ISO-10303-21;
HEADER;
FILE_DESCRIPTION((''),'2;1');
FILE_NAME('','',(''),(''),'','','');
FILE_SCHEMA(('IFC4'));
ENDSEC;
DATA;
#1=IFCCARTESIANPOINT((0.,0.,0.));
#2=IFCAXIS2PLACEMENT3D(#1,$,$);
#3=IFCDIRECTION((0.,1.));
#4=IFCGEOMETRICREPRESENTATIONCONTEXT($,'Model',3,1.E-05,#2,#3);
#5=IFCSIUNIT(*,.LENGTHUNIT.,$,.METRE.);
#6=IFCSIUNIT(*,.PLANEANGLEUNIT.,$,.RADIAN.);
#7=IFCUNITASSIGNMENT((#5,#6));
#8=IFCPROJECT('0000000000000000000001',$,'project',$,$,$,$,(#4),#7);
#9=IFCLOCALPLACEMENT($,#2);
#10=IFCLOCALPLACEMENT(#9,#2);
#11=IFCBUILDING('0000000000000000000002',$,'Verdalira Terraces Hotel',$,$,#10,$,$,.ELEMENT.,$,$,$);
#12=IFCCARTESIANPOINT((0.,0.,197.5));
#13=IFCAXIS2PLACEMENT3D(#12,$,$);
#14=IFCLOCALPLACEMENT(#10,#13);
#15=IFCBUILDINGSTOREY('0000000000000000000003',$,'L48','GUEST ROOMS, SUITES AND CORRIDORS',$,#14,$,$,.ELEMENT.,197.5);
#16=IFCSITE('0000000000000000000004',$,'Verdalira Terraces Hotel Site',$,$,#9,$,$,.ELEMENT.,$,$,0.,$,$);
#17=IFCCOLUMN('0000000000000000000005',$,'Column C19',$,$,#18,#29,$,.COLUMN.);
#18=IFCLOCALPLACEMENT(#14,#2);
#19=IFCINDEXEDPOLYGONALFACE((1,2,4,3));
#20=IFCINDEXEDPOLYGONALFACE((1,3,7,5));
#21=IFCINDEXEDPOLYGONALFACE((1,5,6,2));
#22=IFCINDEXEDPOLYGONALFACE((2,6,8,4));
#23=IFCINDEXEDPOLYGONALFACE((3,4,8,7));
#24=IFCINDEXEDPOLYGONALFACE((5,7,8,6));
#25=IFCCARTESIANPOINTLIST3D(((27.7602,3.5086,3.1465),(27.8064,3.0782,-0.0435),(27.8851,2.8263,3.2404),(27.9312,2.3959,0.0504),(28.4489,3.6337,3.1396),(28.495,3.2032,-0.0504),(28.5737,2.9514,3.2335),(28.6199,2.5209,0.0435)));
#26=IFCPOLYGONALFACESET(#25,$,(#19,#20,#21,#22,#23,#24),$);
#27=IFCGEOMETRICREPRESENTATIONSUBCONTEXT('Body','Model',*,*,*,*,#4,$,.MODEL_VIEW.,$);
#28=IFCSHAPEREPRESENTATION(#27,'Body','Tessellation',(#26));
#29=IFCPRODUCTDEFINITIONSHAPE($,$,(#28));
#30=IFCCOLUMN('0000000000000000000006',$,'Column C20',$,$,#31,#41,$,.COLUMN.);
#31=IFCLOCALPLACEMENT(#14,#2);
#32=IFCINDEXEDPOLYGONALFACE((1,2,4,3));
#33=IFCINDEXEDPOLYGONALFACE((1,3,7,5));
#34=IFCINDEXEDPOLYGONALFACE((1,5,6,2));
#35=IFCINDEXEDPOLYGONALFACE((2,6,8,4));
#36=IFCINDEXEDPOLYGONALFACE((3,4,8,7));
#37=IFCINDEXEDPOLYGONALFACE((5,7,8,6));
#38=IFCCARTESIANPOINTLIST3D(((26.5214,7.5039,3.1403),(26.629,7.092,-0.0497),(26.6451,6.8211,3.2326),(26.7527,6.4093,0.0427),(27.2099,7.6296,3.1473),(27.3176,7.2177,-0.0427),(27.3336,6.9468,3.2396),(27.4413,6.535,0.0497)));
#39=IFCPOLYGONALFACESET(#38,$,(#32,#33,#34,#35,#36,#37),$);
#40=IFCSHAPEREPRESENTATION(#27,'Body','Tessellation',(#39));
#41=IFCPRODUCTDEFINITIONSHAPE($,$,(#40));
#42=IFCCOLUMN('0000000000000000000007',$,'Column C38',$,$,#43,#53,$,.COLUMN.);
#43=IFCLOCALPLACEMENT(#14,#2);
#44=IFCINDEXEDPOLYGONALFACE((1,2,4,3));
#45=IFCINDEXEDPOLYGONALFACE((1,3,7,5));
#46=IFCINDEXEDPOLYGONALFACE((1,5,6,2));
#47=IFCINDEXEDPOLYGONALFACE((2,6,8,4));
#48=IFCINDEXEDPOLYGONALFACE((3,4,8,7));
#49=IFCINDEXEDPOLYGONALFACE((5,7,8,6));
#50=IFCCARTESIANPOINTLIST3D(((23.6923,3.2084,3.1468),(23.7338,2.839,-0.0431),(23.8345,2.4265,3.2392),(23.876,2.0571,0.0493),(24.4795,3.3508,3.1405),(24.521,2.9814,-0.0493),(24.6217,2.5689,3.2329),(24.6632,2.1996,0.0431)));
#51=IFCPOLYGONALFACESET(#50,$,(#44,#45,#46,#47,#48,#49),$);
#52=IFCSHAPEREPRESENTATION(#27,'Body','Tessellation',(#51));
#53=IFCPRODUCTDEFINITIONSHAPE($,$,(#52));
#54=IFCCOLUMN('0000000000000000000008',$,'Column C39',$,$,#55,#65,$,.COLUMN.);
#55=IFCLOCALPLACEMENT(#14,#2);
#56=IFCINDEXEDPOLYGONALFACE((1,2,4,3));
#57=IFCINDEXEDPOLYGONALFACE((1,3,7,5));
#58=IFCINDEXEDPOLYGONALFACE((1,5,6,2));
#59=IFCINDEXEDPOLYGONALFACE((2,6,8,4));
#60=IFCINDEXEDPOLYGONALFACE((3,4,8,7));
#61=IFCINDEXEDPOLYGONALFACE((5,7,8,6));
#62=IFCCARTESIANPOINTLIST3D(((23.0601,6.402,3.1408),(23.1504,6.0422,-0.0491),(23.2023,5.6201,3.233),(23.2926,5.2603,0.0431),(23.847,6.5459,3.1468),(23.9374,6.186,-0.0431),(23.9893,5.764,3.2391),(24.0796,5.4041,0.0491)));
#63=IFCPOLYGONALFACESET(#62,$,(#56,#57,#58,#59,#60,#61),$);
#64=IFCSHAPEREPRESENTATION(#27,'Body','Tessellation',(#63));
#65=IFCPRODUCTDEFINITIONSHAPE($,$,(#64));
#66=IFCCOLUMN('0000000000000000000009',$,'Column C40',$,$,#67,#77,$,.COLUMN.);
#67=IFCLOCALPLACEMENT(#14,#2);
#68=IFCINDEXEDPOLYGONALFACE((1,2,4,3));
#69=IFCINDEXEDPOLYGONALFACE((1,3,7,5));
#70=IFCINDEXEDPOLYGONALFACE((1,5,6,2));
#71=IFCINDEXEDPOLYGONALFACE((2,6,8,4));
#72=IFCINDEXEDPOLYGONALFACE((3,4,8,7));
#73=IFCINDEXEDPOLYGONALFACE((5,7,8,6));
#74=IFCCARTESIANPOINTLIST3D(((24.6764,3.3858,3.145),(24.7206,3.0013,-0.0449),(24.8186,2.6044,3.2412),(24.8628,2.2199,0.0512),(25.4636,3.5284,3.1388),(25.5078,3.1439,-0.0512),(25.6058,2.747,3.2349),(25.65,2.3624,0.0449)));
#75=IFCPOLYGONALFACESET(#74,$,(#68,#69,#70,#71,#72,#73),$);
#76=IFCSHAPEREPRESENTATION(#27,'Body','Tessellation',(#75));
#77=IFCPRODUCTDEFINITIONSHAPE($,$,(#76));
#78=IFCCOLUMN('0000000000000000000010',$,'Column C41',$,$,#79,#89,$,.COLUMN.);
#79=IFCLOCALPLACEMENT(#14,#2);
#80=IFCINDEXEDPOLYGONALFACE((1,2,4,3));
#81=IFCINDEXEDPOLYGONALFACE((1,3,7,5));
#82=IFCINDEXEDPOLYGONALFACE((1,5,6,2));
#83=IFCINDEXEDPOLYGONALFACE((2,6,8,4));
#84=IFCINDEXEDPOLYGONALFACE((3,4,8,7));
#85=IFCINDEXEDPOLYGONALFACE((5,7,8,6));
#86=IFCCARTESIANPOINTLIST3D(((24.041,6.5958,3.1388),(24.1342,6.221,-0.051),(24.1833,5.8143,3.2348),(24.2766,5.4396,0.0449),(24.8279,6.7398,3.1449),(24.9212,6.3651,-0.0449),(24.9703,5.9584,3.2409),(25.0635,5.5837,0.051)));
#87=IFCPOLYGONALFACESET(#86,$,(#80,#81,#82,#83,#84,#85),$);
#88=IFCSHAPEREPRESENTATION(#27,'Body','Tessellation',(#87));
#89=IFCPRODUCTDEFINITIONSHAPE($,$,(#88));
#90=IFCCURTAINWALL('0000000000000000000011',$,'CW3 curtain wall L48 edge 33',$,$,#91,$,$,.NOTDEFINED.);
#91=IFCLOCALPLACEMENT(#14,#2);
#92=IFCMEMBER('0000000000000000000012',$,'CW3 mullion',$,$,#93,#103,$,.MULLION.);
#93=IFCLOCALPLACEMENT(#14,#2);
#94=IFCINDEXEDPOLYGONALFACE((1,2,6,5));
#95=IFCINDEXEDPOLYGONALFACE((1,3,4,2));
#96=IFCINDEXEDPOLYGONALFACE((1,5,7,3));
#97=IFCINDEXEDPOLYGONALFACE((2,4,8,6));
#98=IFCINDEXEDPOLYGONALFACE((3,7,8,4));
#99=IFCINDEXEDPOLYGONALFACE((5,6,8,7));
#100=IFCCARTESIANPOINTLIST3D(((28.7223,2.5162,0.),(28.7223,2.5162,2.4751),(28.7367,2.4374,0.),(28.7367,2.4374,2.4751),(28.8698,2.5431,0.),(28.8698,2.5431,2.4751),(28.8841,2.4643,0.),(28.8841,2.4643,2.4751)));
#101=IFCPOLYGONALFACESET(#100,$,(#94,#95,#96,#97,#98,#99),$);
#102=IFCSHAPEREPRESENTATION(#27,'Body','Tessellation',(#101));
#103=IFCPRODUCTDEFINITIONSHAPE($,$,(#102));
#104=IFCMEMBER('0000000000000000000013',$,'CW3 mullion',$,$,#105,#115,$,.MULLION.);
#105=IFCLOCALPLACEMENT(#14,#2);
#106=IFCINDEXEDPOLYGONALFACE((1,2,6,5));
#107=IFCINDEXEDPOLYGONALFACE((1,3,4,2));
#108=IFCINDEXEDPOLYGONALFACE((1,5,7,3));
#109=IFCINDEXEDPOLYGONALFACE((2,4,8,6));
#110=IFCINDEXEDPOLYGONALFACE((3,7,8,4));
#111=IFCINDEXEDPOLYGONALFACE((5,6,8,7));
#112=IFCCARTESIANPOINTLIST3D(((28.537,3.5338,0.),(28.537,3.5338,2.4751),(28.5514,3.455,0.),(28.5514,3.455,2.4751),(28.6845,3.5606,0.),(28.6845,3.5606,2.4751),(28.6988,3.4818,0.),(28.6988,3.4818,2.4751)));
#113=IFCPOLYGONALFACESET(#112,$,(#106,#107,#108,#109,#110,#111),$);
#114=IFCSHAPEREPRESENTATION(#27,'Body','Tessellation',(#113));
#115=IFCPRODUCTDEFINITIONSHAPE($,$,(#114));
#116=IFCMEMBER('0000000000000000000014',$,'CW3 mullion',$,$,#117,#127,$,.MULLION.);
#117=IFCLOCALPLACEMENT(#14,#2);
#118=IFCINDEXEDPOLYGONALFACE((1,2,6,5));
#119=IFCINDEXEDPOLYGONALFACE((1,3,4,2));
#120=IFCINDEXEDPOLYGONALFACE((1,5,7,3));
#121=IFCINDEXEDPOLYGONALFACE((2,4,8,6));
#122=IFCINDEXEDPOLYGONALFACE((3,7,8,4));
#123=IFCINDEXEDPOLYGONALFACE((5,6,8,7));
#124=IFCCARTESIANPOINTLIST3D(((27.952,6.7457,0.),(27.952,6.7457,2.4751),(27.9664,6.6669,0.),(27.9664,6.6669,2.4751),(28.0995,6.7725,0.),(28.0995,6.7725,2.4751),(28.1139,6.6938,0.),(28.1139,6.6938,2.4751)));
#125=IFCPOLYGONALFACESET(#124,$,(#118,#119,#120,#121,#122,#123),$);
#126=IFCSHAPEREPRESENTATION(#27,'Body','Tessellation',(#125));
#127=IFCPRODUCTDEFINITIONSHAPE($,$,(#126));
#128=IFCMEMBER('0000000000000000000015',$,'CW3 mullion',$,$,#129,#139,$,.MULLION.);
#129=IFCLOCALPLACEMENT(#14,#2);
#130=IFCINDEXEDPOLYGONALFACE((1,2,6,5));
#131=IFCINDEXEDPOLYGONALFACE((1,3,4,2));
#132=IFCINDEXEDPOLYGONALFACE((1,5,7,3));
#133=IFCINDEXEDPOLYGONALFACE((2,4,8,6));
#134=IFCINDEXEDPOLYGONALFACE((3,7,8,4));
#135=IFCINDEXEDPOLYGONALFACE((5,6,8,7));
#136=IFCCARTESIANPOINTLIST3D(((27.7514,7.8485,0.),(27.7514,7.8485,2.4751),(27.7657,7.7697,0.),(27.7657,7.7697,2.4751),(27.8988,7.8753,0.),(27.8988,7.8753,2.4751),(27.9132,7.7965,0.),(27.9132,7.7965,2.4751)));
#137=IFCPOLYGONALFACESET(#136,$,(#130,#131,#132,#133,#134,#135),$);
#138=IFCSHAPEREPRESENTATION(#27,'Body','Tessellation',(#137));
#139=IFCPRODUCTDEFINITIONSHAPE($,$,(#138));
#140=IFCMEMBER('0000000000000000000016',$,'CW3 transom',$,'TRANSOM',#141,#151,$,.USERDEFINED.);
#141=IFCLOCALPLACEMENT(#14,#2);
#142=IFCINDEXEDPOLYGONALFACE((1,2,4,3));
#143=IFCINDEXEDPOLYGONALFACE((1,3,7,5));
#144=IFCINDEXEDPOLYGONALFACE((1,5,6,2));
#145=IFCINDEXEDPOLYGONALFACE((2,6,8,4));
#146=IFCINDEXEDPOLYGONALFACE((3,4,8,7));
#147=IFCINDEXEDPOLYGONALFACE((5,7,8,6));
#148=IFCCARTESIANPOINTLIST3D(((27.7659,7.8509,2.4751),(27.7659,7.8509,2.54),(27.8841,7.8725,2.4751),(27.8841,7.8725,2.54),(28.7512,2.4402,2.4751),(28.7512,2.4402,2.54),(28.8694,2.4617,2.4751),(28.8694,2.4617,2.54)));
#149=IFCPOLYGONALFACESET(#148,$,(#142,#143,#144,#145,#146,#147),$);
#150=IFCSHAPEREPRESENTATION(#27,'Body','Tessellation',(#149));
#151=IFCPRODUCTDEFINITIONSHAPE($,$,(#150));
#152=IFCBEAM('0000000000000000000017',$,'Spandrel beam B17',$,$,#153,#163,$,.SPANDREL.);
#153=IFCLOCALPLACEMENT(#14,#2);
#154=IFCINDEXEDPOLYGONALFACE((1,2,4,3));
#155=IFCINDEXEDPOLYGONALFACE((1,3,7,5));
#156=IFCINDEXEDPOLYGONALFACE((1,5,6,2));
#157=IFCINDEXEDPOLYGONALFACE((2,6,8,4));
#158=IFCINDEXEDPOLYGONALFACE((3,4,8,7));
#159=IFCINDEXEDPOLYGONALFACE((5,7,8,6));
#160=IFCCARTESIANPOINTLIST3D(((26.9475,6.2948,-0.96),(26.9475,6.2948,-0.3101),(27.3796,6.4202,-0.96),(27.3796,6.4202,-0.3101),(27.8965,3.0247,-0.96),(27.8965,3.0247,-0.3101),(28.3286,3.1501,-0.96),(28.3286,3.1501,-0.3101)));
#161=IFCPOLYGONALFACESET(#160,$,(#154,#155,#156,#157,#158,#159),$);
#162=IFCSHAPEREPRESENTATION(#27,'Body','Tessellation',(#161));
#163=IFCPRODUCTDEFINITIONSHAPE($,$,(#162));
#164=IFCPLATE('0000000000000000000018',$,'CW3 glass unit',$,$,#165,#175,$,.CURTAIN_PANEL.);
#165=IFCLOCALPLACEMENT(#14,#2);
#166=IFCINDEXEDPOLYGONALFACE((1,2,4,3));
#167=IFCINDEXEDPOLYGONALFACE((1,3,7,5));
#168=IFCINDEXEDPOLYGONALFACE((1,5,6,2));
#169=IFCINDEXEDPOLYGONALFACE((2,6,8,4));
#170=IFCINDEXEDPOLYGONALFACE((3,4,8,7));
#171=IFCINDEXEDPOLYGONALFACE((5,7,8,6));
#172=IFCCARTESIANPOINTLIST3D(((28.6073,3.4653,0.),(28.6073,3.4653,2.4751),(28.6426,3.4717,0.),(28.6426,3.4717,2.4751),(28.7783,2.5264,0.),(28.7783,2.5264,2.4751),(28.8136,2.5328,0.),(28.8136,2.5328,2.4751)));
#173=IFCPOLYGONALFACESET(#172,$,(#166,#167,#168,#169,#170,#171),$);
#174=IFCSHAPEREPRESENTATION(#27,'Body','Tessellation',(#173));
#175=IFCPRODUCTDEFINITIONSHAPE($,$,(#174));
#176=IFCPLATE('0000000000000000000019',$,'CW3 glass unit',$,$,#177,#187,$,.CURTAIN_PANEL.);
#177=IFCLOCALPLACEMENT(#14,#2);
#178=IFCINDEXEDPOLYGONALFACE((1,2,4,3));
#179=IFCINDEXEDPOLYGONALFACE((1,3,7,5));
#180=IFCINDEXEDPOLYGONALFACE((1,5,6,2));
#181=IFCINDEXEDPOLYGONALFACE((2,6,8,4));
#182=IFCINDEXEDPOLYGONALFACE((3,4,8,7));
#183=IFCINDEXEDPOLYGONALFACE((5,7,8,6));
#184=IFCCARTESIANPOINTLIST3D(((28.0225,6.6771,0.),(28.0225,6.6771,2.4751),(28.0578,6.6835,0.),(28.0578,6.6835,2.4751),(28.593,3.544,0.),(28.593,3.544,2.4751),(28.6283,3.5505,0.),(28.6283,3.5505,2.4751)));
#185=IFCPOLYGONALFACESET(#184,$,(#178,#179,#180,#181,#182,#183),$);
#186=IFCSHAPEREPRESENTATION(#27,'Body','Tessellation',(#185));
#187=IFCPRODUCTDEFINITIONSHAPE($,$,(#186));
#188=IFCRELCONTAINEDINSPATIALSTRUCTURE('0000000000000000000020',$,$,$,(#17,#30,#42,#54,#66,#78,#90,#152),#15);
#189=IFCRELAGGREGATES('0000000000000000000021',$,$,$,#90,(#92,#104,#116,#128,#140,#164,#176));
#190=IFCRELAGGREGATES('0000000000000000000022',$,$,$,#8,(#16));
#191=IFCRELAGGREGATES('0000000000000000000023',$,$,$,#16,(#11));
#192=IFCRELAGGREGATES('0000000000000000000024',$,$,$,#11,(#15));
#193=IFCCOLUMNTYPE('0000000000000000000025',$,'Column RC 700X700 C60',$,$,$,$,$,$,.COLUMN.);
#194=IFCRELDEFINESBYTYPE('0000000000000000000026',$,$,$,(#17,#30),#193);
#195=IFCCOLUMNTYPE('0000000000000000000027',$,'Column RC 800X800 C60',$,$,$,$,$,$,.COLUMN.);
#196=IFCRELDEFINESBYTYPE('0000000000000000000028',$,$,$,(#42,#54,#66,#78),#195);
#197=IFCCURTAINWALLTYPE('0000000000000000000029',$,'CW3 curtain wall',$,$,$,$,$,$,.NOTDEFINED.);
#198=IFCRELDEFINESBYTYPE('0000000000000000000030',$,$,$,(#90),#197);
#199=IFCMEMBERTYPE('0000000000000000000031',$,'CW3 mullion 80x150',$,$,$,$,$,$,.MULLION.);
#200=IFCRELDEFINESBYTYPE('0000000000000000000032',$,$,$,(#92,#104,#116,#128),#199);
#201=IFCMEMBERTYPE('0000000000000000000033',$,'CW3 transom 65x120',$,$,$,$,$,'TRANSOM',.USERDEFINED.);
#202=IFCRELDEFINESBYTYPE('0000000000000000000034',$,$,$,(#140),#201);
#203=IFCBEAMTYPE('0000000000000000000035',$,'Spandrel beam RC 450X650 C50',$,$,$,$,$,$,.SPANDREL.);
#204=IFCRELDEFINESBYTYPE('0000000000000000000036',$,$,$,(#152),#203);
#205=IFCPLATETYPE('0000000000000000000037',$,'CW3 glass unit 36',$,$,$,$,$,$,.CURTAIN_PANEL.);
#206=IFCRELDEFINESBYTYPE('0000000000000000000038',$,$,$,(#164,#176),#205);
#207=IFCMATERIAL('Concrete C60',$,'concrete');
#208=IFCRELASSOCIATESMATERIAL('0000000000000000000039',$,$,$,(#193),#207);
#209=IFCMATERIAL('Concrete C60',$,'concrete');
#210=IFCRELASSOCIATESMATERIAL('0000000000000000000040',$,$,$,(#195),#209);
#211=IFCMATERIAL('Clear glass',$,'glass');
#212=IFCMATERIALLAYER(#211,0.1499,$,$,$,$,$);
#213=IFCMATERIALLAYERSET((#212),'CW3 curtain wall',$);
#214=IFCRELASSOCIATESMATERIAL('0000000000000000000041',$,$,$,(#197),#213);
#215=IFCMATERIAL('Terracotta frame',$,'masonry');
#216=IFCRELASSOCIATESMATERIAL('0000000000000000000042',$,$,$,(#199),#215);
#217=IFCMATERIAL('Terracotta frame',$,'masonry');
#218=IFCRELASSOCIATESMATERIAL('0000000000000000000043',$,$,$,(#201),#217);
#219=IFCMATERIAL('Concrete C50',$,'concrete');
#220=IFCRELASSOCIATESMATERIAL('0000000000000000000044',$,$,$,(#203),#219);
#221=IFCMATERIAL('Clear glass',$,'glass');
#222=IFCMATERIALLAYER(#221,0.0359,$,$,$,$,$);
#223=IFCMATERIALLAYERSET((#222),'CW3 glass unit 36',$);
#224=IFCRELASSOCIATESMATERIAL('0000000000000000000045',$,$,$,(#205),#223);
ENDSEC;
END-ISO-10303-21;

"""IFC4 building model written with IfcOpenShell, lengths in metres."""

from ifc_helpers import new_model, si_unit, direction, frame, origin, origin_2d, place, context, subcontext, project, spatial, rectangle, extrude, material, layer, layer_set, material_profile, profile_set, type_object, element, aggregate, save


model = new_model("IFC4")

# Units and contexts
model_context = context("Model", 3, precision=1e-05, world=origin(), true_north=direction((0.0, 1.0)))
body_context = subcontext(model_context, "Body", "Model", "MODEL_VIEW")
ifc_project = project(units=[si_unit("LENGTHUNIT", "METRE"), si_unit("PLANEANGLEUNIT", "RADIAN")], contexts=[model_context])

# Site, building, storey
site_placement = place(None, origin())
site = spatial("IfcSite", under=ifc_project, at=site_placement, Name="Verdalira Terraces Hotel Site", CompositionType="ELEMENT", RefElevation=0.0)
building_placement = place(site_placement, origin())
building = spatial("IfcBuilding", under=site, at=building_placement, Name="Verdalira Terraces Hotel", CompositionType="ELEMENT")
storey_placement = place(building_placement, frame((0.0, 0.0, 197.5)))
storey = spatial("IfcBuildingStorey", under=building, at=storey_placement, Name="L48", Description="GUEST ROOMS, SUITES AND CORRIDORS", CompositionType="ELEMENT", Elevation=197.5)

# Columns
ifc_material_1 = material(Name="Concrete C60", Category="concrete")
ifc_material_profile_1 = material_profile(ifc_material_1, rectangle(XDim=0.7, YDim=0.7, at=origin_2d()), Name="RC 700X700")
ifc_profile_set_1 = profile_set([ifc_material_profile_1], Name="Concrete C60")
column_type_1 = type_object("IfcColumnType", Name="Column RC 700X700 C60", PredefinedType="COLUMN", material=ifc_profile_set_1)
column_1_placement = place(storey_placement, frame((28.2131, 2.7996, 0.0), z_axis=(-0.014334, 0.133705, 0.990918), x_axis=(-0.178356, 0.974784, -0.134108)))
element("IfcColumn", 1, at=column_1_placement, inside=storey, type_object=column_type_1, Name="Column C19", PredefinedType="COLUMN", context=body_context, shape_type="SweptSolid", body=[
    extrude(rectangle(XDim=0.7, YDim=0.7, at=origin_2d()), origin(), (0.0, 0.0, 1.0), 3.2192),
])
column_2_placement = place(storey_placement, frame((27.0352, 6.8135, 0.0), z_axis=(-0.033455, 0.127979, 0.991212), x_axis=(-0.1767, 0.975387, -0.1319)))
element("IfcColumn", 2, at=column_2_placement, inside=storey, type_object=column_type_1, Name="Column C20", PredefinedType="COLUMN", context=body_context, shape_type="SweptSolid", body=[
    extrude(rectangle(XDim=0.7, YDim=0.7, at=origin_2d()), origin(), (0.0, 0.0, 1.0), 3.2183),
])
ifc_material_2 = material(Name="Concrete C60", Category="concrete")
ifc_material_profile_2 = material_profile(ifc_material_2, rectangle(XDim=0.8, YDim=0.8, at=origin_2d()), Name="RC 800X800")
ifc_profile_set_2 = profile_set([ifc_material_profile_2], Name="Concrete C60")
column_type_2 = type_object("IfcColumnType", Name="Column RC 800X800 C60", PredefinedType="COLUMN", material=ifc_profile_set_2)
for number, where, z_axis, x_axis, name in (
    (3, (24.1985, 2.5193, 0.0), (-0.012923, 0.115018, 0.993279), (0.983995, 0.178024, -0.007812), "Column C38"),
    (4, (23.615, 5.7231, 0.0), (-0.028128, 0.112056, 0.993304), (0.983674, 0.179802, 0.007572), "Column C39"),
):
    element("IfcColumn", number, at=place(storey_placement, frame(where, z_axis=z_axis, x_axis=x_axis)), inside=storey, type_object=column_type_2, Name=name, PredefinedType="COLUMN", context=body_context, shape_type="SweptSolid", body=[
        extrude(rectangle(XDim=0.8, YDim=0.8, at=origin_2d()), origin(), (0.0, 0.0, 1.0), 3.2114),
    ])
column_3_placement = place(storey_placement, frame((25.1853, 2.6819, 0.0), z_axis=(-0.013752, 0.119664, 0.992719), x_axis=(0.983971, 0.178156, -0.007845)))
element("IfcColumn", 5, at=column_3_placement, inside=storey, type_object=column_type_2, Name="Column C40", PredefinedType="COLUMN", context=body_context, shape_type="SweptSolid", body=[
    extrude(rectangle(XDim=0.8, YDim=0.8, at=origin_2d()), origin(), (0.0, 0.0, 1.0), 3.2134),
])
column_4_placement = place(storey_placement, frame((24.5989, 5.9023, 0.0), z_axis=(-0.029024, 0.116629, 0.992751), x_axis=(0.983622, 0.180082, 0.007601)))
element("IfcColumn", 6, at=column_4_placement, inside=storey, type_object=column_type_2, Name="Column C41", PredefinedType="COLUMN", context=body_context, shape_type="SweptSolid", body=[
    extrude(rectangle(XDim=0.8, YDim=0.8, at=origin_2d()), origin(), (0.0, 0.0, 1.0), 3.2131),
])

# Curtain wall, members
ifc_material_3 = material(Name="Clear glass", Category="glass")
ifc_layer_1 = layer(ifc_material_3, 0.1499)
ifc_layer_set_1 = layer_set([ifc_layer_1], Name="CW3 curtain wall")
curtain_wall_type = type_object("IfcCurtainWallType", Name="CW3 curtain wall", PredefinedType="NOTDEFINED", material=ifc_layer_set_1)
curtain_wall_placement = place(storey_placement, origin())
curtain_wall = element("IfcCurtainWall", 7, at=curtain_wall_placement, inside=storey, type_object=curtain_wall_type, Name="CW3 curtain wall L48 edge 33", PredefinedType="NOTDEFINED")
ifc_material_4 = material(Name="Terracotta frame", Category="masonry")
ifc_material_profile_3 = material_profile(ifc_material_4, rectangle(XDim=0.0801, YDim=0.1499, at=origin_2d()), Name="MU 80x150")
ifc_profile_set_3 = profile_set([ifc_material_profile_3], Name="Terracotta frame")
member_type_1 = type_object("IfcMemberType", Name="CW3 mullion 80x150", PredefinedType="MULLION", material=ifc_profile_set_3)
member_1_placement = place(storey_placement, frame((28.8032, 2.4902, 0.0), z_axis=(0.0, 0.0, 1.0), x_axis=(-0.179146, 0.983823, 0.0)))
member_1 = element("IfcMember", 8, at=member_1_placement, type_object=member_type_1, Name="CW3 mullion", PredefinedType="MULLION", context=body_context, shape_type="SweptSolid", body=[
    extrude(rectangle(XDim=0.0801, YDim=0.1499, at=origin_2d()), origin(), (0.0, 0.0, 1.0), 2.4751),
])
member_2_placement = place(storey_placement, frame((28.6179, 3.5078, 0.0), z_axis=(0.0, 0.0, 1.0), x_axis=(-0.179146, 0.983823, 0.0)))
member_2 = element("IfcMember", 9, at=member_2_placement, type_object=member_type_1, Name="CW3 mullion", PredefinedType="MULLION", context=body_context, shape_type="SweptSolid", body=[
    extrude(rectangle(XDim=0.0801, YDim=0.1499, at=origin_2d()), origin(), (0.0, 0.0, 1.0), 2.4751),
])
member_3_placement = place(storey_placement, frame((28.033, 6.7197, 0.0), z_axis=(0.0, 0.0, 1.0), x_axis=(-0.179146, 0.983823, 0.0)))
member_3 = element("IfcMember", 10, at=member_3_placement, type_object=member_type_1, Name="CW3 mullion", PredefinedType="MULLION", context=body_context, shape_type="SweptSolid", body=[
    extrude(rectangle(XDim=0.0801, YDim=0.1499, at=origin_2d()), origin(), (0.0, 0.0, 1.0), 2.4751),
])
member_4_placement = place(storey_placement, frame((27.8323, 7.8225, 0.0), z_axis=(0.0, 0.0, 1.0), x_axis=(-0.179146, 0.983823, 0.0)))
member_4 = element("IfcMember", 11, at=member_4_placement, type_object=member_type_1, Name="CW3 mullion", PredefinedType="MULLION", context=body_context, shape_type="SweptSolid", body=[
    extrude(rectangle(XDim=0.0801, YDim=0.1499, at=origin_2d()), origin(), (0.0, 0.0, 1.0), 2.4751),
])
ifc_material_5 = material(Name="Terracotta frame", Category="masonry")
ifc_material_profile_4 = material_profile(ifc_material_5, rectangle(XDim=0.1201, YDim=0.0649, at=origin_2d()), Name="TR 65x120")
ifc_profile_set_4 = profile_set([ifc_material_profile_4], Name="Terracotta frame")
member_type_2 = type_object("IfcMemberType", Name="CW3 transom 65x120", ElementType="TRANSOM", PredefinedType="USERDEFINED", material=ifc_profile_set_4)
member_5_placement = place(storey_placement, frame((28.8103, 2.4509, 2.5076), z_axis=(-0.179159, 0.98382, 0.0), x_axis=(-0.98382, -0.179159, 0.0)))
member_5 = element("IfcMember", 12, at=member_5_placement, type_object=member_type_2, Name="CW3 transom", ObjectType="TRANSOM", PredefinedType="USERDEFINED", context=body_context, shape_type="SweptSolid", body=[
    extrude(rectangle(XDim=0.1201, YDim=0.0649, at=origin_2d()), origin(), (0.0, 0.0, 1.0), 5.4998),
])

# Beam
ifc_material_6 = material(Name="Concrete C50", Category="concrete")
ifc_material_profile_5 = material_profile(ifc_material_6, rectangle(XDim=0.45, YDim=0.6499, at=origin_2d()), Name="RC 450X650")
ifc_profile_set_5 = profile_set([ifc_material_profile_5], Name="Concrete C50")
beam_type = type_object("IfcBeamType", Name="Spandrel beam RC 450X650 C50", PredefinedType="SPANDREL", material=ifc_profile_set_5)
beam_placement = place(storey_placement, frame((28.1125, 3.0874, -0.635), z_axis=(-0.278706, 0.960377, 0.0), x_axis=(-0.960377, -0.278706, 0.0)))
element("IfcBeam", 13, at=beam_placement, inside=storey, type_object=beam_type, Name="Spandrel beam B17", PredefinedType="SPANDREL", context=body_context, shape_type="SweptSolid", body=[
    extrude(rectangle(XDim=0.45, YDim=0.6499, at=origin_2d()), origin(), (0.0, 0.0, 1.0), 3.405),
])

# Plates
ifc_material_7 = material(Name="Clear glass", Category="glass")
ifc_layer_2 = layer(ifc_material_7, 0.0359)
ifc_layer_set_2 = layer_set([ifc_layer_2], Name="CW3 glass unit 36")
plate_type = type_object("IfcPlateType", Name="CW3 glass unit 36", PredefinedType="CURTAIN_PANEL", material=ifc_layer_set_2)
plate_1_placement = place(storey_placement, frame((28.7104, 2.999, 0.0), z_axis=(0.0, 0.0, 1.0), x_axis=(-0.179146, 0.983823, 0.0)))
plate_1 = element("IfcPlate", 14, at=plate_1_placement, type_object=plate_type, Name="CW3 glass unit", PredefinedType="CURTAIN_PANEL", context=body_context, shape_type="SweptSolid", body=[
    extrude(rectangle(XDim=0.9543, YDim=0.0359, at=origin_2d()), origin(), (0.0, 0.0, 1.0), 2.4751),
])
plate_2_placement = place(storey_placement, frame((28.3254, 5.1138, 0.0), z_axis=(0.0, 0.0, 1.0), x_axis=(-0.179146, 0.983823, 0.0)))
plate_2 = element("IfcPlate", 15, at=plate_2_placement, type_object=plate_type, Name="CW3 glass unit", PredefinedType="CURTAIN_PANEL", context=body_context, shape_type="SweptSolid", body=[
    extrude(rectangle(XDim=3.1846, YDim=0.0359, at=origin_2d()), origin(), (0.0, 0.0, 1.0), 2.4751),
])
aggregate(curtain_wall, [member_1, member_2, member_3, member_4, member_5, plate_1, plate_2])

save(model, "model.ifc")
